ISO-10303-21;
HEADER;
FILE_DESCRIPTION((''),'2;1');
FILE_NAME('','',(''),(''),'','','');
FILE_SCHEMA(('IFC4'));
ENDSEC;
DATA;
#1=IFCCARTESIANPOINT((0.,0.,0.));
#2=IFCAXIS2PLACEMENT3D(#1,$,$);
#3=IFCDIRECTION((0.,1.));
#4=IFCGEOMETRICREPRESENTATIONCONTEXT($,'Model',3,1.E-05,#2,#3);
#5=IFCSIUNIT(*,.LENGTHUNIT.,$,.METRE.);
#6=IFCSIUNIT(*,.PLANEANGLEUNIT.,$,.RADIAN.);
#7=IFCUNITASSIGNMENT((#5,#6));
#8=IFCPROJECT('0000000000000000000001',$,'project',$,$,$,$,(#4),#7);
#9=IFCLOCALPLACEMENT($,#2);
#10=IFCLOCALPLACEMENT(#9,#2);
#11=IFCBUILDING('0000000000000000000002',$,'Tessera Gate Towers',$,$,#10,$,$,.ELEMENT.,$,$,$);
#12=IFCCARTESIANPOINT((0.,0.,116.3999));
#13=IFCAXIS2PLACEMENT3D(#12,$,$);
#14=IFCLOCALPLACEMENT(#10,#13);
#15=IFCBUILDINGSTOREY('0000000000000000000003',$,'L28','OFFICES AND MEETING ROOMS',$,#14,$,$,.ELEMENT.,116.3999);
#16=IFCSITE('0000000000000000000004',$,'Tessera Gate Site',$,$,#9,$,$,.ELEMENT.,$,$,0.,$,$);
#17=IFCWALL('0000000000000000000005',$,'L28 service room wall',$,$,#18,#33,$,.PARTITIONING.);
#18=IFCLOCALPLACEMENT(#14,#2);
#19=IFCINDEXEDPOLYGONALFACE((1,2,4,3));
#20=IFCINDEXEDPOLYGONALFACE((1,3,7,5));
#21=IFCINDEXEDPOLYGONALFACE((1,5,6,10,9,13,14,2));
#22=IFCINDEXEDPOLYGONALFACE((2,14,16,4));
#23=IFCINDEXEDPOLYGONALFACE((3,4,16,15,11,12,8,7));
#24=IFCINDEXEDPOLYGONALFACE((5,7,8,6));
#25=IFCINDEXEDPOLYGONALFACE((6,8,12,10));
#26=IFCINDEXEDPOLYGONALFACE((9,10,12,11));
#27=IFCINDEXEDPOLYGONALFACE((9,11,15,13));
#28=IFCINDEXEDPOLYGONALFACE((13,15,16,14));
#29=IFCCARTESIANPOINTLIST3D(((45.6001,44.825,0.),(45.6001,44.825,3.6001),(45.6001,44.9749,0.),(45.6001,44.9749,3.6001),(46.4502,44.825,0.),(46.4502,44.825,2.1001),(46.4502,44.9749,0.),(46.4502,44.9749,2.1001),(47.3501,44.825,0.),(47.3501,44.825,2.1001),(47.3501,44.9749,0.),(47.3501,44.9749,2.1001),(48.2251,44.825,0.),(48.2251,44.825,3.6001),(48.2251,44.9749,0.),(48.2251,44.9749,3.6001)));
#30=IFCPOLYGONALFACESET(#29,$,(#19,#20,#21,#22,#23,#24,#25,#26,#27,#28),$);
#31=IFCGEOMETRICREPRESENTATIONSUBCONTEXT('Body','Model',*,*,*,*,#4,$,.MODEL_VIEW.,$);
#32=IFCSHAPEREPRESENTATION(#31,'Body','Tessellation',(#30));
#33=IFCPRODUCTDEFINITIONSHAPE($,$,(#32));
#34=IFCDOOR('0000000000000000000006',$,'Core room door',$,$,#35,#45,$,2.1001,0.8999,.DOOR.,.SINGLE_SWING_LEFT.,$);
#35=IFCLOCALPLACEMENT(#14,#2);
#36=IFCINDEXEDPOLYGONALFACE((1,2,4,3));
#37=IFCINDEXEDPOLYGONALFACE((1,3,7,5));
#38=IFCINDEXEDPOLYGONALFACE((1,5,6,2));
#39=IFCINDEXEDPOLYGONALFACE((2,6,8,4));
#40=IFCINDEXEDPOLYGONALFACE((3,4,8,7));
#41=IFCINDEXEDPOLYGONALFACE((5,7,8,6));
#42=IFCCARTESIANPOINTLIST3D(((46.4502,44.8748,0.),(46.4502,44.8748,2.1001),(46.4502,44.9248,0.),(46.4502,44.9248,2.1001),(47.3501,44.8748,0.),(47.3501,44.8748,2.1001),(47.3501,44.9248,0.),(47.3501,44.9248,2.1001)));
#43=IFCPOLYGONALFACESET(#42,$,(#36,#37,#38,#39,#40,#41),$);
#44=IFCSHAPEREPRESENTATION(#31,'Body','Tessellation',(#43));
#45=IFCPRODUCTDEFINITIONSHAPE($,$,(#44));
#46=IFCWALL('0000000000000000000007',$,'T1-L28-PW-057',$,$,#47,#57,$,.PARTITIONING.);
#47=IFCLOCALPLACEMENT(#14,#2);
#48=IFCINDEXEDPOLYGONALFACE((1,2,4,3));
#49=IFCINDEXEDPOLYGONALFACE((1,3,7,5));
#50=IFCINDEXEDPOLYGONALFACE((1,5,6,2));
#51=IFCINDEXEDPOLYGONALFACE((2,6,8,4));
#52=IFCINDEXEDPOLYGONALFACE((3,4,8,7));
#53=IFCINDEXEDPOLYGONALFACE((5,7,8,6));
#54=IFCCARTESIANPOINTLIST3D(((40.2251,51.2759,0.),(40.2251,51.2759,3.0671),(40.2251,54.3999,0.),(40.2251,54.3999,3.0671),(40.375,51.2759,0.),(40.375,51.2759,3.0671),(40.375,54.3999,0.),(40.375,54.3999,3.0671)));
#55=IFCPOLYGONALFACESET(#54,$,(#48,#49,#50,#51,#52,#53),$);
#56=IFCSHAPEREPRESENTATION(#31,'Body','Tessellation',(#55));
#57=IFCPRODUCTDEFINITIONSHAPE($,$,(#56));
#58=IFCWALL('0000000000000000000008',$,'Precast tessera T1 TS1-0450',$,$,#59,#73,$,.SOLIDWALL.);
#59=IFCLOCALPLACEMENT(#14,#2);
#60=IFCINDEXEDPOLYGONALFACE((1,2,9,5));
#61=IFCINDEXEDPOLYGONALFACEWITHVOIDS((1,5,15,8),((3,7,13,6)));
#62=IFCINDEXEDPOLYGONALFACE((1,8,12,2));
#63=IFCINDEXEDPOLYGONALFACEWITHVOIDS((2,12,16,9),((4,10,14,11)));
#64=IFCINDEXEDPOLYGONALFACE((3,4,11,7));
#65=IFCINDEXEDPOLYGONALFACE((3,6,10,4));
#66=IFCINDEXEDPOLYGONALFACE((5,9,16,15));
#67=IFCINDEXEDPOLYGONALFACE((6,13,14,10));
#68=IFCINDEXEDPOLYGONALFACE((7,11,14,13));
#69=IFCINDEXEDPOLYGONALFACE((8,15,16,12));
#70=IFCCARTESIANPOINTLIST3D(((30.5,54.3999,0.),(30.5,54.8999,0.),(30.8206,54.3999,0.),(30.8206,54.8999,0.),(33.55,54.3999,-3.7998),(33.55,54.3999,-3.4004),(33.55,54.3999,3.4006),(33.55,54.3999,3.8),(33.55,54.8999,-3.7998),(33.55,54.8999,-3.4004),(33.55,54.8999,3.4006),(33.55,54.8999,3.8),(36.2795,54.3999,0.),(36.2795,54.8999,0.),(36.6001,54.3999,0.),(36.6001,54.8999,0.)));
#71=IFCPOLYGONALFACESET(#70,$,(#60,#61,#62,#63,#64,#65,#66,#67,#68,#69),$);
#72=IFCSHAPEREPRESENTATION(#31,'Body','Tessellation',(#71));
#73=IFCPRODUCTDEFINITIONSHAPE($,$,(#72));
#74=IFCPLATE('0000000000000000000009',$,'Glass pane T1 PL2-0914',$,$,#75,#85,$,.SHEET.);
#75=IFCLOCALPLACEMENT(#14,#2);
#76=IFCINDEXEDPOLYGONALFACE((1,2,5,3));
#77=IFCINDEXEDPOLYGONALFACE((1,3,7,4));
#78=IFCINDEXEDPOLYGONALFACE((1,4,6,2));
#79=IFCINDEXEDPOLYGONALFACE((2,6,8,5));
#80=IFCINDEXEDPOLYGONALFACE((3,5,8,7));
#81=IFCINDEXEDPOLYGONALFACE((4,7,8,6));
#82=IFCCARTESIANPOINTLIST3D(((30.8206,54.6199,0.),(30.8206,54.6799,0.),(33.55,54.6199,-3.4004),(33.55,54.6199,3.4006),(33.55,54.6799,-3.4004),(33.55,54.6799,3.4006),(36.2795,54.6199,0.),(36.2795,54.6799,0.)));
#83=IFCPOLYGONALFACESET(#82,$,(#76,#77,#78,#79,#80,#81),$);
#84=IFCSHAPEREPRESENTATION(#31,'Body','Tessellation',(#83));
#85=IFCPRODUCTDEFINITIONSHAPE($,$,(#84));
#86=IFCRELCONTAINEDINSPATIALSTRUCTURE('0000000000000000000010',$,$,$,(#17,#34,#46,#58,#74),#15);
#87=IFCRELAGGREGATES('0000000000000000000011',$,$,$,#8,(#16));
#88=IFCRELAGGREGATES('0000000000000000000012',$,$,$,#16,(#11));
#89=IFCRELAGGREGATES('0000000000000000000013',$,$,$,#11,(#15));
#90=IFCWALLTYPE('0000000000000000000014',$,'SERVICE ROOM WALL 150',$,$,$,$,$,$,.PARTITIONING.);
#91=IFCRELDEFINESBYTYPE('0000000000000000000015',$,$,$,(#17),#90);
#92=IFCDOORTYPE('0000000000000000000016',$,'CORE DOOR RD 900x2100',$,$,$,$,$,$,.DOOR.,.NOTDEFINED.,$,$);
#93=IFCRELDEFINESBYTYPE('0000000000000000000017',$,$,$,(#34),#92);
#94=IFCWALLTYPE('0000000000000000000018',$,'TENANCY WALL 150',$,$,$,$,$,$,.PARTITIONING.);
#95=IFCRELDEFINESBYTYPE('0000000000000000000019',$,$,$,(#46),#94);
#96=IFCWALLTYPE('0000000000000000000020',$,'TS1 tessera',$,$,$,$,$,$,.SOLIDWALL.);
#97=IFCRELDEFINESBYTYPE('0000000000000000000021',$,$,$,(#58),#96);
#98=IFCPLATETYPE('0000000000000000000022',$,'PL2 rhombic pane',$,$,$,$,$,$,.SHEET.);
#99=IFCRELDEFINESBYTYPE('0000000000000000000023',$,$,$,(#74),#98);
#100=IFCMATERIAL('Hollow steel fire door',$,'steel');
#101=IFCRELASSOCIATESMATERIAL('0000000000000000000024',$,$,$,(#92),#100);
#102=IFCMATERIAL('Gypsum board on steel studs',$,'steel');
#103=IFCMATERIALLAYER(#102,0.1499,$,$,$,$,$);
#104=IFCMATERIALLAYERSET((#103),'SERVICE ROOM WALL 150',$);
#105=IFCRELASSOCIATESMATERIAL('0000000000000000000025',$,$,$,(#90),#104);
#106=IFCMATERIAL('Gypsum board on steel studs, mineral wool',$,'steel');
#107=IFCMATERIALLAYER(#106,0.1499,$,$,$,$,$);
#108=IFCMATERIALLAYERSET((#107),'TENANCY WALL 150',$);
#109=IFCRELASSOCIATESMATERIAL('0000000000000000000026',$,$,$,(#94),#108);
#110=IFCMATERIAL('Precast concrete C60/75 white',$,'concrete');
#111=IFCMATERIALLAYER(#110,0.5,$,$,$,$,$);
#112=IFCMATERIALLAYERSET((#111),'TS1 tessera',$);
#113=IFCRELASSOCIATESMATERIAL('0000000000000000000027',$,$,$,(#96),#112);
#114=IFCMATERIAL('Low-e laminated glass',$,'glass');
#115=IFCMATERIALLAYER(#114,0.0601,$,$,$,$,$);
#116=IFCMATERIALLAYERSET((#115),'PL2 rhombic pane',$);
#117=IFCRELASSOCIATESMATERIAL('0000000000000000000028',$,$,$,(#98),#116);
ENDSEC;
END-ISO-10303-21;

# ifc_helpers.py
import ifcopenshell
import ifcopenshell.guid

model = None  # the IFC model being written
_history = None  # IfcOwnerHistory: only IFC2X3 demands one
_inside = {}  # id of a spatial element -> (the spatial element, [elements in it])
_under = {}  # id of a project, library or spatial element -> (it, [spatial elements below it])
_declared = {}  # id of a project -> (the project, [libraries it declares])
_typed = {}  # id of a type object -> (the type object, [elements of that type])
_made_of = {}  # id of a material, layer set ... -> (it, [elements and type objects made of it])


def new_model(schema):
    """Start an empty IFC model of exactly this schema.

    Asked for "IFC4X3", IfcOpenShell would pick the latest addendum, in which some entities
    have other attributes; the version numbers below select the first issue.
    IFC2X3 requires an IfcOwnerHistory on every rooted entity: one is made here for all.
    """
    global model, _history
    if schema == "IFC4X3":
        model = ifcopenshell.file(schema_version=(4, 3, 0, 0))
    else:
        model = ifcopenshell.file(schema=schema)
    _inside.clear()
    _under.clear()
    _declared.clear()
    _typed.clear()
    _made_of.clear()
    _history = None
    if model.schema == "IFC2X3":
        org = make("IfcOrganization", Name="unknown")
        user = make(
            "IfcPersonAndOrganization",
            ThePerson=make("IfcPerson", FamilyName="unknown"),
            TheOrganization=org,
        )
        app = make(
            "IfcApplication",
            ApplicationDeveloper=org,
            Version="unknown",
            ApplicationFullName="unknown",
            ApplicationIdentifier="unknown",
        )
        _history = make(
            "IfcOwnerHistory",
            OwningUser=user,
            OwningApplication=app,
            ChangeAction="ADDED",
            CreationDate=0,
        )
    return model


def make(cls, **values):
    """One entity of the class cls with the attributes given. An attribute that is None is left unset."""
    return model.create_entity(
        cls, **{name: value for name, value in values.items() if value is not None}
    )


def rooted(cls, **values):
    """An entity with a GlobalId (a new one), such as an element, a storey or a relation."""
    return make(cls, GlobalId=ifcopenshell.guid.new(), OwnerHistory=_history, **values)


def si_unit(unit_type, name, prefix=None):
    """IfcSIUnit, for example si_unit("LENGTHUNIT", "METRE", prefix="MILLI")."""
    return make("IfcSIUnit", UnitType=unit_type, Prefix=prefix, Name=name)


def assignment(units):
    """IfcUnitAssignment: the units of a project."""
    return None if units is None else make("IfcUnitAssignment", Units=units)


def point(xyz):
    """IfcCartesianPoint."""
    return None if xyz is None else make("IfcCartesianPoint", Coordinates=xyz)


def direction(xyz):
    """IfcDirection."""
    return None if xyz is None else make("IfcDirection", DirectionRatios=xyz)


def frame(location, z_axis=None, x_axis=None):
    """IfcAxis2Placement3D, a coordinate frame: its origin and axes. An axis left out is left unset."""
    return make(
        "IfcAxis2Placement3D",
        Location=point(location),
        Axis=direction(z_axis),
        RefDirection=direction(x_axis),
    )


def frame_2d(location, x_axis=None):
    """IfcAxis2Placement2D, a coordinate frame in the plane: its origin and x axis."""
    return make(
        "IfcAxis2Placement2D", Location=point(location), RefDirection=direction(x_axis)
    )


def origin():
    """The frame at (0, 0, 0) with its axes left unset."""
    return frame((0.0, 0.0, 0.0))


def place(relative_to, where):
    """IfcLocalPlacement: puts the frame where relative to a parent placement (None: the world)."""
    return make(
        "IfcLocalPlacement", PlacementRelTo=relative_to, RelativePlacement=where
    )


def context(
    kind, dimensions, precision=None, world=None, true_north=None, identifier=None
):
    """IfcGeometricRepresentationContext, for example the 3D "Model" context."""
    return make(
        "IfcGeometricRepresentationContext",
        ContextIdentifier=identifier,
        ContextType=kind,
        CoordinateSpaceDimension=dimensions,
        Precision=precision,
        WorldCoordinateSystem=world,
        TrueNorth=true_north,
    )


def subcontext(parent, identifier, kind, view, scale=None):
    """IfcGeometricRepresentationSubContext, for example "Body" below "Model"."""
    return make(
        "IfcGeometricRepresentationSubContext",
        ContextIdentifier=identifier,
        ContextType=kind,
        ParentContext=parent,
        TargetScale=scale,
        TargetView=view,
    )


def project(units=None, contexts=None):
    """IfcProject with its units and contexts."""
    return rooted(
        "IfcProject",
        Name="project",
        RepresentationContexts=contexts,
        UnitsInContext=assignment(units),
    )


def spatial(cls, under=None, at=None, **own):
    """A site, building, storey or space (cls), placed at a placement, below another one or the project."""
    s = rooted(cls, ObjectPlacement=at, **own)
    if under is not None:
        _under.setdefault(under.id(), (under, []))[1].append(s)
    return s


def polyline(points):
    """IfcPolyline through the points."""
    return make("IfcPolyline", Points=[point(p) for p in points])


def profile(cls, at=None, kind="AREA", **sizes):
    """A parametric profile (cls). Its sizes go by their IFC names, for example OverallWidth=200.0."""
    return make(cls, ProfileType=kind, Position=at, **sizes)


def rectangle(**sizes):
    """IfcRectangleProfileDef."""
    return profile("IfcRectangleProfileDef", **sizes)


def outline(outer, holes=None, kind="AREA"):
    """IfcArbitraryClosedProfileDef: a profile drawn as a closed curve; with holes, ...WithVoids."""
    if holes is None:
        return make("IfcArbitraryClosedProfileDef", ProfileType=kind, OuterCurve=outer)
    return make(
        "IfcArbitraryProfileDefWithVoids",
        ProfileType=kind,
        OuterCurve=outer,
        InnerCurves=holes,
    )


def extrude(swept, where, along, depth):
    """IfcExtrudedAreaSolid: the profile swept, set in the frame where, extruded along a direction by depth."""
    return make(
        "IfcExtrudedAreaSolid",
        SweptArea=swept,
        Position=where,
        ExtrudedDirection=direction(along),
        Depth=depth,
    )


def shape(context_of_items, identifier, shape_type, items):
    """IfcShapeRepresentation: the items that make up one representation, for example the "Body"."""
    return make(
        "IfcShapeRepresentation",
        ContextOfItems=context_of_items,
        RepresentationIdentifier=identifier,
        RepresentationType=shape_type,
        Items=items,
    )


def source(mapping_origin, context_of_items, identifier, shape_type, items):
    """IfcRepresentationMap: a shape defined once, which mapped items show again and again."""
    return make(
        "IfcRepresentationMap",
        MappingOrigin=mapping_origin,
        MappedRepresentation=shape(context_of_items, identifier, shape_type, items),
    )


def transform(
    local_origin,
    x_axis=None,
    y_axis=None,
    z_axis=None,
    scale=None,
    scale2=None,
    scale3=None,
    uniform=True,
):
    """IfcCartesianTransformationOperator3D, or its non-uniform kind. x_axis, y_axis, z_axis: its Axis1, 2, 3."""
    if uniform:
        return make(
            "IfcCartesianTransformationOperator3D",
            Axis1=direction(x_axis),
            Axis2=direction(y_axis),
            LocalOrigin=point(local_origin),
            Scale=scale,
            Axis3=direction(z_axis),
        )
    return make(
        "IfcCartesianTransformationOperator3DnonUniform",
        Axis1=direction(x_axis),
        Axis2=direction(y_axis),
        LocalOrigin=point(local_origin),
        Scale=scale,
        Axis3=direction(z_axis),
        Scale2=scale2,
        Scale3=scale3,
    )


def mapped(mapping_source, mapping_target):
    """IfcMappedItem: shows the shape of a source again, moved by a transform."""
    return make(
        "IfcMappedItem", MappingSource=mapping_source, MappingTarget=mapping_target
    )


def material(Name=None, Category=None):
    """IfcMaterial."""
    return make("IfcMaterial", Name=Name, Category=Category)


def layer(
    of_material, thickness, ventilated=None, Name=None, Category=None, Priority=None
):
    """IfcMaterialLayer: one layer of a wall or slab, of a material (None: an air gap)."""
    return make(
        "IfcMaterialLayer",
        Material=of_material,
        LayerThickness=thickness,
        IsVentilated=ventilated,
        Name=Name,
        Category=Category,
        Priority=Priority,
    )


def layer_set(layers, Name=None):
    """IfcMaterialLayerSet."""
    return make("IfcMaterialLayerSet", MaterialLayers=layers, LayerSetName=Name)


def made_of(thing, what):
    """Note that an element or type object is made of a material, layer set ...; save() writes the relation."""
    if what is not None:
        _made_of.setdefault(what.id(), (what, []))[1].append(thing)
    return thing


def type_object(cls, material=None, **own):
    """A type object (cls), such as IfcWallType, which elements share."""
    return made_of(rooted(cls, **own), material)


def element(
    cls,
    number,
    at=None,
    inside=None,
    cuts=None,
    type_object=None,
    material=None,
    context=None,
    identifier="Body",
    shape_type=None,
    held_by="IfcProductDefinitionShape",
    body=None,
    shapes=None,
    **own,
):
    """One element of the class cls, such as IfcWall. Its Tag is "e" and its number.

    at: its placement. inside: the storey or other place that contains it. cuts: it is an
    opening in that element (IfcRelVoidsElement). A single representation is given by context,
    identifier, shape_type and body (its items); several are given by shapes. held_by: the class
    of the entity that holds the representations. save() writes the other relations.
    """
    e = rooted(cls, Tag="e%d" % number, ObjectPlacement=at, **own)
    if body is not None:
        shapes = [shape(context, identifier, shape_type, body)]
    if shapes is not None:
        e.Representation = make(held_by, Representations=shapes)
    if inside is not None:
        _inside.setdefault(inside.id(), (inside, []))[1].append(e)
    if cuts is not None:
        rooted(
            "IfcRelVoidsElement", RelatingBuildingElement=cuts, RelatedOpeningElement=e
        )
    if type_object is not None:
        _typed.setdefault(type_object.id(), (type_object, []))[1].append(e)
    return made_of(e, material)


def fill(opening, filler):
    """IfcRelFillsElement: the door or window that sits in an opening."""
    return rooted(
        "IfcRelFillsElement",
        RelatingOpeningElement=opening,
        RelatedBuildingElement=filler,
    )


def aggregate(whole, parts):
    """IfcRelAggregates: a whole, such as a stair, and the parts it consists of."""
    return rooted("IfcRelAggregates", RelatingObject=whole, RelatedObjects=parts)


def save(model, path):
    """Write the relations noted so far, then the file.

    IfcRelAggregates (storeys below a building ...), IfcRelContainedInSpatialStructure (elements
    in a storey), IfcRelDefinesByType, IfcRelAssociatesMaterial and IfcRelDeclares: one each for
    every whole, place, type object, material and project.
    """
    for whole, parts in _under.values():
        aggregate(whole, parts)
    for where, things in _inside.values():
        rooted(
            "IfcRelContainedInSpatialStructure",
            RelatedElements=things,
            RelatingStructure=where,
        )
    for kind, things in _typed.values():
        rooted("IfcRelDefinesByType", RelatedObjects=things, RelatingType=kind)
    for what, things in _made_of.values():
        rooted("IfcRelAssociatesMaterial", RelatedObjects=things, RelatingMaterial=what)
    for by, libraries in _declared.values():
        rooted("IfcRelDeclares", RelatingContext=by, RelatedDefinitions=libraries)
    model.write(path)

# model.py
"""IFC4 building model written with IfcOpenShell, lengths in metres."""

from ifc_helpers import new_model, si_unit, direction, frame, frame_2d, origin, place, context, subcontext, project, spatial, polyline, rectangle, outline, extrude, source, transform, mapped, material, layer, layer_set, type_object, element, fill, save


model = new_model("IFC4")

# Units and contexts
model_context = context("Model", 3, precision=1e-05, world=origin(), true_north=direction((0.0, 1.0)))
body_context = subcontext(model_context, "Body", "Model", "MODEL_VIEW")
ifc_project = project(units=[si_unit("LENGTHUNIT", "METRE"), si_unit("PLANEANGLEUNIT", "RADIAN")], contexts=[model_context])

# Site, building, storey
site_placement = place(None, origin())
site = spatial("IfcSite", under=ifc_project, at=site_placement, Name="Tessera Gate Site", CompositionType="ELEMENT", RefElevation=0.0)
building_placement = place(site_placement, origin())
building = spatial("IfcBuilding", under=site, at=building_placement, Name="Tessera Gate Towers", CompositionType="ELEMENT")
storey_placement = place(building_placement, frame((0.0, 0.0, 116.3999)))
storey = spatial("IfcBuildingStorey", under=building, at=storey_placement, Name="L28", Description="OFFICES AND MEETING ROOMS", CompositionType="ELEMENT", Elevation=116.3999)

# Shared definitions
ifc_material_1 = material(Name="Hollow steel fire door", Category="steel")
door_type_1 = type_object("IfcDoorType", Name="CORE DOOR RD 900x2100", OperationType="NOTDEFINED", PredefinedType="DOOR", material=ifc_material_1)
shared_shape_1 = source(origin(), body_context, "Body", "SweptSolid", [
    extrude(rectangle(XDim=0.8999, YDim=2.1001, at=frame_2d((0.45, 1.05))), frame((0.0, 0.0249, 0.0), z_axis=(0.0, -1.0, 0.0), x_axis=(1.0, 0.0, 0.0)), (0.0, 0.0, 1.0), 0.05),
])

# Shared definitions
ifc_material_2 = material(Name="Gypsum board on steel studs", Category="steel")
ifc_layer_1 = layer(ifc_material_2, 0.1499)
ifc_layer_set_1 = layer_set([ifc_layer_1], Name="SERVICE ROOM WALL 150")
wall_type_1 = type_object("IfcWallType", Name="SERVICE ROOM WALL 150", PredefinedType="PARTITIONING", material=ifc_layer_set_1)

# Wall, opening, door
wall_1_placement = place(storey_placement, frame((45.6001, 44.8999, 0.0), z_axis=(0.0, 0.0, 1.0), x_axis=(1.0, 0.0, 0.0)))
wall_1 = element("IfcWall", 1, at=wall_1_placement, inside=storey, type_object=wall_type_1, Name="L28 service room wall", PredefinedType="PARTITIONING", context=body_context, shape_type="SweptSolid", body=[
    extrude(rectangle(XDim=2.625, YDim=0.1499, at=frame_2d((1.3125, 0.0))), origin(), (0.0, 0.0, 1.0), 3.6001),
])
shared_shape_2 = source(origin(), body_context, "Body", "SweptSolid", [
    extrude(rectangle(XDim=0.8999, YDim=2.1001, at=frame_2d((0.45, 1.05))), frame((0.0, 0.085, 0.0), z_axis=(0.0, -1.0, 0.0), x_axis=(1.0, 0.0, 0.0)), (0.0, 0.0, 1.0), 0.1699),
])
opening_1_placement = place(wall_1_placement, frame((0.8501, 0.0, 0.0)))
opening_1 = element("IfcOpeningElement", 2, at=opening_1_placement, cuts=wall_1, PredefinedType="OPENING", context=body_context, shape_type="MappedRepresentation", body=[
    mapped(shared_shape_2, transform((0.0, 0.0, 0.0), scale=1.0)),
])
door_1_placement = place(opening_1_placement, origin())
door_1 = element("IfcDoor", 3, at=door_1_placement, inside=storey, type_object=door_type_1, Name="Core room door", OperationType="SINGLE_SWING_LEFT", OverallHeight=2.1001, OverallWidth=0.8999, PredefinedType="DOOR", context=body_context, shape_type="MappedRepresentation", body=[
    mapped(shared_shape_1, transform((0.0, 0.0, 0.0), scale=1.0)),
])
fill(opening_1, door_1)

# Wall
ifc_material_3 = material(Name="Gypsum board on steel studs, mineral wool", Category="steel")
ifc_layer_2 = layer(ifc_material_3, 0.1499)
ifc_layer_set_2 = layer_set([ifc_layer_2], Name="TENANCY WALL 150")
wall_type_2 = type_object("IfcWallType", Name="TENANCY WALL 150", PredefinedType="PARTITIONING", material=ifc_layer_set_2)
wall_2_placement = place(storey_placement, frame((40.3, 51.2759, 0.0), z_axis=(0.0, 0.0, 1.0), x_axis=(0.0, 1.0, 0.0)))
element("IfcWall", 4, at=wall_2_placement, inside=storey, type_object=wall_type_2, Name="T1-L28-PW-057", PredefinedType="PARTITIONING", context=body_context, shape_type="SweptSolid", body=[
    extrude(rectangle(XDim=3.124, YDim=0.1499, at=frame_2d((1.562, 0.0))), origin(), (0.0, 0.0, 1.0), 3.0671),
])

# Wall, opening, plate
ifc_material_4 = material(Name="Precast concrete C60/75 white", Category="concrete")
ifc_layer_3 = layer(ifc_material_4, 0.5)
ifc_layer_set_3 = layer_set([ifc_layer_3], Name="TS1 tessera")
wall_type_3 = type_object("IfcWallType", Name="TS1 tessera", PredefinedType="SOLIDWALL", material=ifc_layer_set_3)
shared_shape_3 = source(origin(), body_context, "Body", "SweptSolid", [
    extrude(outline(polyline([(3.05, 0.0), (6.1001, 3.7998), (3.05, 7.5999), (0.0, 3.7998), (3.05, 0.0)])), frame((0.0, 0.25, 0.0), z_axis=(0.0, -1.0, 0.0), x_axis=(1.0, 0.0, 0.0)), (0.0, 0.0, 1.0), 0.5),
])
wall_3_placement = place(storey_placement, frame((36.6001, 54.6499, -3.7998), z_axis=(0.0, 0.0, 1.0), x_axis=(-1.0, 0.0, 0.0)))
wall_3 = element("IfcWall", 5, at=wall_3_placement, inside=storey, type_object=wall_type_3, Name="Precast tessera T1 TS1-0450", PredefinedType="SOLIDWALL", context=body_context, shape_type="MappedRepresentation", body=[
    mapped(shared_shape_3, transform((0.0, 0.0, 0.0), scale=1.0)),
])
shared_shape_4 = source(origin(), body_context, "Body", "SweptSolid", [
    extrude(outline(polyline([(3.05, 0.3994), (5.7795, 3.7998), (3.05, 7.2004), (0.3206, 3.7998), (3.05, 0.3994)])), frame((0.0, 0.26, 0.0), z_axis=(0.0, -1.0, 0.0), x_axis=(1.0, 0.0, 0.0)), (0.0, 0.0, 1.0), 0.52),
])
opening_2_placement = place(wall_3_placement, origin())
opening_2 = element("IfcOpeningElement", 6, at=opening_2_placement, cuts=wall_3, PredefinedType="OPENING", context=body_context, shape_type="MappedRepresentation", body=[
    mapped(shared_shape_4, transform((0.0, 0.0, 0.0), scale=1.0)),
])
ifc_material_5 = material(Name="Low-e laminated glass", Category="glass")
ifc_layer_4 = layer(ifc_material_5, 0.0601)
ifc_layer_set_4 = layer_set([ifc_layer_4], Name="PL2 rhombic pane")
plate_type = type_object("IfcPlateType", Name="PL2 rhombic pane", PredefinedType="SHEET", material=ifc_layer_set_4)
shared_shape_5 = source(origin(), body_context, "Body", "SweptSolid", [
    extrude(outline(polyline([(3.05, 0.3994), (5.7795, 3.7998), (3.05, 7.2004), (0.3206, 3.7998), (3.05, 0.3994)])), frame((0.0, 0.03, 0.0), z_axis=(0.0, -1.0, 0.0), x_axis=(1.0, 0.0, 0.0)), (0.0, 0.0, 1.0), 0.0601),
])
plate_placement = place(opening_2_placement, origin())
plate = element("IfcPlate", 7, at=plate_placement, inside=storey, type_object=plate_type, Name="Glass pane T1 PL2-0914", PredefinedType="SHEET", context=body_context, shape_type="MappedRepresentation", body=[
    mapped(shared_shape_5, transform((0.0, 0.0, 0.0), scale=1.0)),
])
fill(opening_2, plate)

save(model, "model.ifc")
